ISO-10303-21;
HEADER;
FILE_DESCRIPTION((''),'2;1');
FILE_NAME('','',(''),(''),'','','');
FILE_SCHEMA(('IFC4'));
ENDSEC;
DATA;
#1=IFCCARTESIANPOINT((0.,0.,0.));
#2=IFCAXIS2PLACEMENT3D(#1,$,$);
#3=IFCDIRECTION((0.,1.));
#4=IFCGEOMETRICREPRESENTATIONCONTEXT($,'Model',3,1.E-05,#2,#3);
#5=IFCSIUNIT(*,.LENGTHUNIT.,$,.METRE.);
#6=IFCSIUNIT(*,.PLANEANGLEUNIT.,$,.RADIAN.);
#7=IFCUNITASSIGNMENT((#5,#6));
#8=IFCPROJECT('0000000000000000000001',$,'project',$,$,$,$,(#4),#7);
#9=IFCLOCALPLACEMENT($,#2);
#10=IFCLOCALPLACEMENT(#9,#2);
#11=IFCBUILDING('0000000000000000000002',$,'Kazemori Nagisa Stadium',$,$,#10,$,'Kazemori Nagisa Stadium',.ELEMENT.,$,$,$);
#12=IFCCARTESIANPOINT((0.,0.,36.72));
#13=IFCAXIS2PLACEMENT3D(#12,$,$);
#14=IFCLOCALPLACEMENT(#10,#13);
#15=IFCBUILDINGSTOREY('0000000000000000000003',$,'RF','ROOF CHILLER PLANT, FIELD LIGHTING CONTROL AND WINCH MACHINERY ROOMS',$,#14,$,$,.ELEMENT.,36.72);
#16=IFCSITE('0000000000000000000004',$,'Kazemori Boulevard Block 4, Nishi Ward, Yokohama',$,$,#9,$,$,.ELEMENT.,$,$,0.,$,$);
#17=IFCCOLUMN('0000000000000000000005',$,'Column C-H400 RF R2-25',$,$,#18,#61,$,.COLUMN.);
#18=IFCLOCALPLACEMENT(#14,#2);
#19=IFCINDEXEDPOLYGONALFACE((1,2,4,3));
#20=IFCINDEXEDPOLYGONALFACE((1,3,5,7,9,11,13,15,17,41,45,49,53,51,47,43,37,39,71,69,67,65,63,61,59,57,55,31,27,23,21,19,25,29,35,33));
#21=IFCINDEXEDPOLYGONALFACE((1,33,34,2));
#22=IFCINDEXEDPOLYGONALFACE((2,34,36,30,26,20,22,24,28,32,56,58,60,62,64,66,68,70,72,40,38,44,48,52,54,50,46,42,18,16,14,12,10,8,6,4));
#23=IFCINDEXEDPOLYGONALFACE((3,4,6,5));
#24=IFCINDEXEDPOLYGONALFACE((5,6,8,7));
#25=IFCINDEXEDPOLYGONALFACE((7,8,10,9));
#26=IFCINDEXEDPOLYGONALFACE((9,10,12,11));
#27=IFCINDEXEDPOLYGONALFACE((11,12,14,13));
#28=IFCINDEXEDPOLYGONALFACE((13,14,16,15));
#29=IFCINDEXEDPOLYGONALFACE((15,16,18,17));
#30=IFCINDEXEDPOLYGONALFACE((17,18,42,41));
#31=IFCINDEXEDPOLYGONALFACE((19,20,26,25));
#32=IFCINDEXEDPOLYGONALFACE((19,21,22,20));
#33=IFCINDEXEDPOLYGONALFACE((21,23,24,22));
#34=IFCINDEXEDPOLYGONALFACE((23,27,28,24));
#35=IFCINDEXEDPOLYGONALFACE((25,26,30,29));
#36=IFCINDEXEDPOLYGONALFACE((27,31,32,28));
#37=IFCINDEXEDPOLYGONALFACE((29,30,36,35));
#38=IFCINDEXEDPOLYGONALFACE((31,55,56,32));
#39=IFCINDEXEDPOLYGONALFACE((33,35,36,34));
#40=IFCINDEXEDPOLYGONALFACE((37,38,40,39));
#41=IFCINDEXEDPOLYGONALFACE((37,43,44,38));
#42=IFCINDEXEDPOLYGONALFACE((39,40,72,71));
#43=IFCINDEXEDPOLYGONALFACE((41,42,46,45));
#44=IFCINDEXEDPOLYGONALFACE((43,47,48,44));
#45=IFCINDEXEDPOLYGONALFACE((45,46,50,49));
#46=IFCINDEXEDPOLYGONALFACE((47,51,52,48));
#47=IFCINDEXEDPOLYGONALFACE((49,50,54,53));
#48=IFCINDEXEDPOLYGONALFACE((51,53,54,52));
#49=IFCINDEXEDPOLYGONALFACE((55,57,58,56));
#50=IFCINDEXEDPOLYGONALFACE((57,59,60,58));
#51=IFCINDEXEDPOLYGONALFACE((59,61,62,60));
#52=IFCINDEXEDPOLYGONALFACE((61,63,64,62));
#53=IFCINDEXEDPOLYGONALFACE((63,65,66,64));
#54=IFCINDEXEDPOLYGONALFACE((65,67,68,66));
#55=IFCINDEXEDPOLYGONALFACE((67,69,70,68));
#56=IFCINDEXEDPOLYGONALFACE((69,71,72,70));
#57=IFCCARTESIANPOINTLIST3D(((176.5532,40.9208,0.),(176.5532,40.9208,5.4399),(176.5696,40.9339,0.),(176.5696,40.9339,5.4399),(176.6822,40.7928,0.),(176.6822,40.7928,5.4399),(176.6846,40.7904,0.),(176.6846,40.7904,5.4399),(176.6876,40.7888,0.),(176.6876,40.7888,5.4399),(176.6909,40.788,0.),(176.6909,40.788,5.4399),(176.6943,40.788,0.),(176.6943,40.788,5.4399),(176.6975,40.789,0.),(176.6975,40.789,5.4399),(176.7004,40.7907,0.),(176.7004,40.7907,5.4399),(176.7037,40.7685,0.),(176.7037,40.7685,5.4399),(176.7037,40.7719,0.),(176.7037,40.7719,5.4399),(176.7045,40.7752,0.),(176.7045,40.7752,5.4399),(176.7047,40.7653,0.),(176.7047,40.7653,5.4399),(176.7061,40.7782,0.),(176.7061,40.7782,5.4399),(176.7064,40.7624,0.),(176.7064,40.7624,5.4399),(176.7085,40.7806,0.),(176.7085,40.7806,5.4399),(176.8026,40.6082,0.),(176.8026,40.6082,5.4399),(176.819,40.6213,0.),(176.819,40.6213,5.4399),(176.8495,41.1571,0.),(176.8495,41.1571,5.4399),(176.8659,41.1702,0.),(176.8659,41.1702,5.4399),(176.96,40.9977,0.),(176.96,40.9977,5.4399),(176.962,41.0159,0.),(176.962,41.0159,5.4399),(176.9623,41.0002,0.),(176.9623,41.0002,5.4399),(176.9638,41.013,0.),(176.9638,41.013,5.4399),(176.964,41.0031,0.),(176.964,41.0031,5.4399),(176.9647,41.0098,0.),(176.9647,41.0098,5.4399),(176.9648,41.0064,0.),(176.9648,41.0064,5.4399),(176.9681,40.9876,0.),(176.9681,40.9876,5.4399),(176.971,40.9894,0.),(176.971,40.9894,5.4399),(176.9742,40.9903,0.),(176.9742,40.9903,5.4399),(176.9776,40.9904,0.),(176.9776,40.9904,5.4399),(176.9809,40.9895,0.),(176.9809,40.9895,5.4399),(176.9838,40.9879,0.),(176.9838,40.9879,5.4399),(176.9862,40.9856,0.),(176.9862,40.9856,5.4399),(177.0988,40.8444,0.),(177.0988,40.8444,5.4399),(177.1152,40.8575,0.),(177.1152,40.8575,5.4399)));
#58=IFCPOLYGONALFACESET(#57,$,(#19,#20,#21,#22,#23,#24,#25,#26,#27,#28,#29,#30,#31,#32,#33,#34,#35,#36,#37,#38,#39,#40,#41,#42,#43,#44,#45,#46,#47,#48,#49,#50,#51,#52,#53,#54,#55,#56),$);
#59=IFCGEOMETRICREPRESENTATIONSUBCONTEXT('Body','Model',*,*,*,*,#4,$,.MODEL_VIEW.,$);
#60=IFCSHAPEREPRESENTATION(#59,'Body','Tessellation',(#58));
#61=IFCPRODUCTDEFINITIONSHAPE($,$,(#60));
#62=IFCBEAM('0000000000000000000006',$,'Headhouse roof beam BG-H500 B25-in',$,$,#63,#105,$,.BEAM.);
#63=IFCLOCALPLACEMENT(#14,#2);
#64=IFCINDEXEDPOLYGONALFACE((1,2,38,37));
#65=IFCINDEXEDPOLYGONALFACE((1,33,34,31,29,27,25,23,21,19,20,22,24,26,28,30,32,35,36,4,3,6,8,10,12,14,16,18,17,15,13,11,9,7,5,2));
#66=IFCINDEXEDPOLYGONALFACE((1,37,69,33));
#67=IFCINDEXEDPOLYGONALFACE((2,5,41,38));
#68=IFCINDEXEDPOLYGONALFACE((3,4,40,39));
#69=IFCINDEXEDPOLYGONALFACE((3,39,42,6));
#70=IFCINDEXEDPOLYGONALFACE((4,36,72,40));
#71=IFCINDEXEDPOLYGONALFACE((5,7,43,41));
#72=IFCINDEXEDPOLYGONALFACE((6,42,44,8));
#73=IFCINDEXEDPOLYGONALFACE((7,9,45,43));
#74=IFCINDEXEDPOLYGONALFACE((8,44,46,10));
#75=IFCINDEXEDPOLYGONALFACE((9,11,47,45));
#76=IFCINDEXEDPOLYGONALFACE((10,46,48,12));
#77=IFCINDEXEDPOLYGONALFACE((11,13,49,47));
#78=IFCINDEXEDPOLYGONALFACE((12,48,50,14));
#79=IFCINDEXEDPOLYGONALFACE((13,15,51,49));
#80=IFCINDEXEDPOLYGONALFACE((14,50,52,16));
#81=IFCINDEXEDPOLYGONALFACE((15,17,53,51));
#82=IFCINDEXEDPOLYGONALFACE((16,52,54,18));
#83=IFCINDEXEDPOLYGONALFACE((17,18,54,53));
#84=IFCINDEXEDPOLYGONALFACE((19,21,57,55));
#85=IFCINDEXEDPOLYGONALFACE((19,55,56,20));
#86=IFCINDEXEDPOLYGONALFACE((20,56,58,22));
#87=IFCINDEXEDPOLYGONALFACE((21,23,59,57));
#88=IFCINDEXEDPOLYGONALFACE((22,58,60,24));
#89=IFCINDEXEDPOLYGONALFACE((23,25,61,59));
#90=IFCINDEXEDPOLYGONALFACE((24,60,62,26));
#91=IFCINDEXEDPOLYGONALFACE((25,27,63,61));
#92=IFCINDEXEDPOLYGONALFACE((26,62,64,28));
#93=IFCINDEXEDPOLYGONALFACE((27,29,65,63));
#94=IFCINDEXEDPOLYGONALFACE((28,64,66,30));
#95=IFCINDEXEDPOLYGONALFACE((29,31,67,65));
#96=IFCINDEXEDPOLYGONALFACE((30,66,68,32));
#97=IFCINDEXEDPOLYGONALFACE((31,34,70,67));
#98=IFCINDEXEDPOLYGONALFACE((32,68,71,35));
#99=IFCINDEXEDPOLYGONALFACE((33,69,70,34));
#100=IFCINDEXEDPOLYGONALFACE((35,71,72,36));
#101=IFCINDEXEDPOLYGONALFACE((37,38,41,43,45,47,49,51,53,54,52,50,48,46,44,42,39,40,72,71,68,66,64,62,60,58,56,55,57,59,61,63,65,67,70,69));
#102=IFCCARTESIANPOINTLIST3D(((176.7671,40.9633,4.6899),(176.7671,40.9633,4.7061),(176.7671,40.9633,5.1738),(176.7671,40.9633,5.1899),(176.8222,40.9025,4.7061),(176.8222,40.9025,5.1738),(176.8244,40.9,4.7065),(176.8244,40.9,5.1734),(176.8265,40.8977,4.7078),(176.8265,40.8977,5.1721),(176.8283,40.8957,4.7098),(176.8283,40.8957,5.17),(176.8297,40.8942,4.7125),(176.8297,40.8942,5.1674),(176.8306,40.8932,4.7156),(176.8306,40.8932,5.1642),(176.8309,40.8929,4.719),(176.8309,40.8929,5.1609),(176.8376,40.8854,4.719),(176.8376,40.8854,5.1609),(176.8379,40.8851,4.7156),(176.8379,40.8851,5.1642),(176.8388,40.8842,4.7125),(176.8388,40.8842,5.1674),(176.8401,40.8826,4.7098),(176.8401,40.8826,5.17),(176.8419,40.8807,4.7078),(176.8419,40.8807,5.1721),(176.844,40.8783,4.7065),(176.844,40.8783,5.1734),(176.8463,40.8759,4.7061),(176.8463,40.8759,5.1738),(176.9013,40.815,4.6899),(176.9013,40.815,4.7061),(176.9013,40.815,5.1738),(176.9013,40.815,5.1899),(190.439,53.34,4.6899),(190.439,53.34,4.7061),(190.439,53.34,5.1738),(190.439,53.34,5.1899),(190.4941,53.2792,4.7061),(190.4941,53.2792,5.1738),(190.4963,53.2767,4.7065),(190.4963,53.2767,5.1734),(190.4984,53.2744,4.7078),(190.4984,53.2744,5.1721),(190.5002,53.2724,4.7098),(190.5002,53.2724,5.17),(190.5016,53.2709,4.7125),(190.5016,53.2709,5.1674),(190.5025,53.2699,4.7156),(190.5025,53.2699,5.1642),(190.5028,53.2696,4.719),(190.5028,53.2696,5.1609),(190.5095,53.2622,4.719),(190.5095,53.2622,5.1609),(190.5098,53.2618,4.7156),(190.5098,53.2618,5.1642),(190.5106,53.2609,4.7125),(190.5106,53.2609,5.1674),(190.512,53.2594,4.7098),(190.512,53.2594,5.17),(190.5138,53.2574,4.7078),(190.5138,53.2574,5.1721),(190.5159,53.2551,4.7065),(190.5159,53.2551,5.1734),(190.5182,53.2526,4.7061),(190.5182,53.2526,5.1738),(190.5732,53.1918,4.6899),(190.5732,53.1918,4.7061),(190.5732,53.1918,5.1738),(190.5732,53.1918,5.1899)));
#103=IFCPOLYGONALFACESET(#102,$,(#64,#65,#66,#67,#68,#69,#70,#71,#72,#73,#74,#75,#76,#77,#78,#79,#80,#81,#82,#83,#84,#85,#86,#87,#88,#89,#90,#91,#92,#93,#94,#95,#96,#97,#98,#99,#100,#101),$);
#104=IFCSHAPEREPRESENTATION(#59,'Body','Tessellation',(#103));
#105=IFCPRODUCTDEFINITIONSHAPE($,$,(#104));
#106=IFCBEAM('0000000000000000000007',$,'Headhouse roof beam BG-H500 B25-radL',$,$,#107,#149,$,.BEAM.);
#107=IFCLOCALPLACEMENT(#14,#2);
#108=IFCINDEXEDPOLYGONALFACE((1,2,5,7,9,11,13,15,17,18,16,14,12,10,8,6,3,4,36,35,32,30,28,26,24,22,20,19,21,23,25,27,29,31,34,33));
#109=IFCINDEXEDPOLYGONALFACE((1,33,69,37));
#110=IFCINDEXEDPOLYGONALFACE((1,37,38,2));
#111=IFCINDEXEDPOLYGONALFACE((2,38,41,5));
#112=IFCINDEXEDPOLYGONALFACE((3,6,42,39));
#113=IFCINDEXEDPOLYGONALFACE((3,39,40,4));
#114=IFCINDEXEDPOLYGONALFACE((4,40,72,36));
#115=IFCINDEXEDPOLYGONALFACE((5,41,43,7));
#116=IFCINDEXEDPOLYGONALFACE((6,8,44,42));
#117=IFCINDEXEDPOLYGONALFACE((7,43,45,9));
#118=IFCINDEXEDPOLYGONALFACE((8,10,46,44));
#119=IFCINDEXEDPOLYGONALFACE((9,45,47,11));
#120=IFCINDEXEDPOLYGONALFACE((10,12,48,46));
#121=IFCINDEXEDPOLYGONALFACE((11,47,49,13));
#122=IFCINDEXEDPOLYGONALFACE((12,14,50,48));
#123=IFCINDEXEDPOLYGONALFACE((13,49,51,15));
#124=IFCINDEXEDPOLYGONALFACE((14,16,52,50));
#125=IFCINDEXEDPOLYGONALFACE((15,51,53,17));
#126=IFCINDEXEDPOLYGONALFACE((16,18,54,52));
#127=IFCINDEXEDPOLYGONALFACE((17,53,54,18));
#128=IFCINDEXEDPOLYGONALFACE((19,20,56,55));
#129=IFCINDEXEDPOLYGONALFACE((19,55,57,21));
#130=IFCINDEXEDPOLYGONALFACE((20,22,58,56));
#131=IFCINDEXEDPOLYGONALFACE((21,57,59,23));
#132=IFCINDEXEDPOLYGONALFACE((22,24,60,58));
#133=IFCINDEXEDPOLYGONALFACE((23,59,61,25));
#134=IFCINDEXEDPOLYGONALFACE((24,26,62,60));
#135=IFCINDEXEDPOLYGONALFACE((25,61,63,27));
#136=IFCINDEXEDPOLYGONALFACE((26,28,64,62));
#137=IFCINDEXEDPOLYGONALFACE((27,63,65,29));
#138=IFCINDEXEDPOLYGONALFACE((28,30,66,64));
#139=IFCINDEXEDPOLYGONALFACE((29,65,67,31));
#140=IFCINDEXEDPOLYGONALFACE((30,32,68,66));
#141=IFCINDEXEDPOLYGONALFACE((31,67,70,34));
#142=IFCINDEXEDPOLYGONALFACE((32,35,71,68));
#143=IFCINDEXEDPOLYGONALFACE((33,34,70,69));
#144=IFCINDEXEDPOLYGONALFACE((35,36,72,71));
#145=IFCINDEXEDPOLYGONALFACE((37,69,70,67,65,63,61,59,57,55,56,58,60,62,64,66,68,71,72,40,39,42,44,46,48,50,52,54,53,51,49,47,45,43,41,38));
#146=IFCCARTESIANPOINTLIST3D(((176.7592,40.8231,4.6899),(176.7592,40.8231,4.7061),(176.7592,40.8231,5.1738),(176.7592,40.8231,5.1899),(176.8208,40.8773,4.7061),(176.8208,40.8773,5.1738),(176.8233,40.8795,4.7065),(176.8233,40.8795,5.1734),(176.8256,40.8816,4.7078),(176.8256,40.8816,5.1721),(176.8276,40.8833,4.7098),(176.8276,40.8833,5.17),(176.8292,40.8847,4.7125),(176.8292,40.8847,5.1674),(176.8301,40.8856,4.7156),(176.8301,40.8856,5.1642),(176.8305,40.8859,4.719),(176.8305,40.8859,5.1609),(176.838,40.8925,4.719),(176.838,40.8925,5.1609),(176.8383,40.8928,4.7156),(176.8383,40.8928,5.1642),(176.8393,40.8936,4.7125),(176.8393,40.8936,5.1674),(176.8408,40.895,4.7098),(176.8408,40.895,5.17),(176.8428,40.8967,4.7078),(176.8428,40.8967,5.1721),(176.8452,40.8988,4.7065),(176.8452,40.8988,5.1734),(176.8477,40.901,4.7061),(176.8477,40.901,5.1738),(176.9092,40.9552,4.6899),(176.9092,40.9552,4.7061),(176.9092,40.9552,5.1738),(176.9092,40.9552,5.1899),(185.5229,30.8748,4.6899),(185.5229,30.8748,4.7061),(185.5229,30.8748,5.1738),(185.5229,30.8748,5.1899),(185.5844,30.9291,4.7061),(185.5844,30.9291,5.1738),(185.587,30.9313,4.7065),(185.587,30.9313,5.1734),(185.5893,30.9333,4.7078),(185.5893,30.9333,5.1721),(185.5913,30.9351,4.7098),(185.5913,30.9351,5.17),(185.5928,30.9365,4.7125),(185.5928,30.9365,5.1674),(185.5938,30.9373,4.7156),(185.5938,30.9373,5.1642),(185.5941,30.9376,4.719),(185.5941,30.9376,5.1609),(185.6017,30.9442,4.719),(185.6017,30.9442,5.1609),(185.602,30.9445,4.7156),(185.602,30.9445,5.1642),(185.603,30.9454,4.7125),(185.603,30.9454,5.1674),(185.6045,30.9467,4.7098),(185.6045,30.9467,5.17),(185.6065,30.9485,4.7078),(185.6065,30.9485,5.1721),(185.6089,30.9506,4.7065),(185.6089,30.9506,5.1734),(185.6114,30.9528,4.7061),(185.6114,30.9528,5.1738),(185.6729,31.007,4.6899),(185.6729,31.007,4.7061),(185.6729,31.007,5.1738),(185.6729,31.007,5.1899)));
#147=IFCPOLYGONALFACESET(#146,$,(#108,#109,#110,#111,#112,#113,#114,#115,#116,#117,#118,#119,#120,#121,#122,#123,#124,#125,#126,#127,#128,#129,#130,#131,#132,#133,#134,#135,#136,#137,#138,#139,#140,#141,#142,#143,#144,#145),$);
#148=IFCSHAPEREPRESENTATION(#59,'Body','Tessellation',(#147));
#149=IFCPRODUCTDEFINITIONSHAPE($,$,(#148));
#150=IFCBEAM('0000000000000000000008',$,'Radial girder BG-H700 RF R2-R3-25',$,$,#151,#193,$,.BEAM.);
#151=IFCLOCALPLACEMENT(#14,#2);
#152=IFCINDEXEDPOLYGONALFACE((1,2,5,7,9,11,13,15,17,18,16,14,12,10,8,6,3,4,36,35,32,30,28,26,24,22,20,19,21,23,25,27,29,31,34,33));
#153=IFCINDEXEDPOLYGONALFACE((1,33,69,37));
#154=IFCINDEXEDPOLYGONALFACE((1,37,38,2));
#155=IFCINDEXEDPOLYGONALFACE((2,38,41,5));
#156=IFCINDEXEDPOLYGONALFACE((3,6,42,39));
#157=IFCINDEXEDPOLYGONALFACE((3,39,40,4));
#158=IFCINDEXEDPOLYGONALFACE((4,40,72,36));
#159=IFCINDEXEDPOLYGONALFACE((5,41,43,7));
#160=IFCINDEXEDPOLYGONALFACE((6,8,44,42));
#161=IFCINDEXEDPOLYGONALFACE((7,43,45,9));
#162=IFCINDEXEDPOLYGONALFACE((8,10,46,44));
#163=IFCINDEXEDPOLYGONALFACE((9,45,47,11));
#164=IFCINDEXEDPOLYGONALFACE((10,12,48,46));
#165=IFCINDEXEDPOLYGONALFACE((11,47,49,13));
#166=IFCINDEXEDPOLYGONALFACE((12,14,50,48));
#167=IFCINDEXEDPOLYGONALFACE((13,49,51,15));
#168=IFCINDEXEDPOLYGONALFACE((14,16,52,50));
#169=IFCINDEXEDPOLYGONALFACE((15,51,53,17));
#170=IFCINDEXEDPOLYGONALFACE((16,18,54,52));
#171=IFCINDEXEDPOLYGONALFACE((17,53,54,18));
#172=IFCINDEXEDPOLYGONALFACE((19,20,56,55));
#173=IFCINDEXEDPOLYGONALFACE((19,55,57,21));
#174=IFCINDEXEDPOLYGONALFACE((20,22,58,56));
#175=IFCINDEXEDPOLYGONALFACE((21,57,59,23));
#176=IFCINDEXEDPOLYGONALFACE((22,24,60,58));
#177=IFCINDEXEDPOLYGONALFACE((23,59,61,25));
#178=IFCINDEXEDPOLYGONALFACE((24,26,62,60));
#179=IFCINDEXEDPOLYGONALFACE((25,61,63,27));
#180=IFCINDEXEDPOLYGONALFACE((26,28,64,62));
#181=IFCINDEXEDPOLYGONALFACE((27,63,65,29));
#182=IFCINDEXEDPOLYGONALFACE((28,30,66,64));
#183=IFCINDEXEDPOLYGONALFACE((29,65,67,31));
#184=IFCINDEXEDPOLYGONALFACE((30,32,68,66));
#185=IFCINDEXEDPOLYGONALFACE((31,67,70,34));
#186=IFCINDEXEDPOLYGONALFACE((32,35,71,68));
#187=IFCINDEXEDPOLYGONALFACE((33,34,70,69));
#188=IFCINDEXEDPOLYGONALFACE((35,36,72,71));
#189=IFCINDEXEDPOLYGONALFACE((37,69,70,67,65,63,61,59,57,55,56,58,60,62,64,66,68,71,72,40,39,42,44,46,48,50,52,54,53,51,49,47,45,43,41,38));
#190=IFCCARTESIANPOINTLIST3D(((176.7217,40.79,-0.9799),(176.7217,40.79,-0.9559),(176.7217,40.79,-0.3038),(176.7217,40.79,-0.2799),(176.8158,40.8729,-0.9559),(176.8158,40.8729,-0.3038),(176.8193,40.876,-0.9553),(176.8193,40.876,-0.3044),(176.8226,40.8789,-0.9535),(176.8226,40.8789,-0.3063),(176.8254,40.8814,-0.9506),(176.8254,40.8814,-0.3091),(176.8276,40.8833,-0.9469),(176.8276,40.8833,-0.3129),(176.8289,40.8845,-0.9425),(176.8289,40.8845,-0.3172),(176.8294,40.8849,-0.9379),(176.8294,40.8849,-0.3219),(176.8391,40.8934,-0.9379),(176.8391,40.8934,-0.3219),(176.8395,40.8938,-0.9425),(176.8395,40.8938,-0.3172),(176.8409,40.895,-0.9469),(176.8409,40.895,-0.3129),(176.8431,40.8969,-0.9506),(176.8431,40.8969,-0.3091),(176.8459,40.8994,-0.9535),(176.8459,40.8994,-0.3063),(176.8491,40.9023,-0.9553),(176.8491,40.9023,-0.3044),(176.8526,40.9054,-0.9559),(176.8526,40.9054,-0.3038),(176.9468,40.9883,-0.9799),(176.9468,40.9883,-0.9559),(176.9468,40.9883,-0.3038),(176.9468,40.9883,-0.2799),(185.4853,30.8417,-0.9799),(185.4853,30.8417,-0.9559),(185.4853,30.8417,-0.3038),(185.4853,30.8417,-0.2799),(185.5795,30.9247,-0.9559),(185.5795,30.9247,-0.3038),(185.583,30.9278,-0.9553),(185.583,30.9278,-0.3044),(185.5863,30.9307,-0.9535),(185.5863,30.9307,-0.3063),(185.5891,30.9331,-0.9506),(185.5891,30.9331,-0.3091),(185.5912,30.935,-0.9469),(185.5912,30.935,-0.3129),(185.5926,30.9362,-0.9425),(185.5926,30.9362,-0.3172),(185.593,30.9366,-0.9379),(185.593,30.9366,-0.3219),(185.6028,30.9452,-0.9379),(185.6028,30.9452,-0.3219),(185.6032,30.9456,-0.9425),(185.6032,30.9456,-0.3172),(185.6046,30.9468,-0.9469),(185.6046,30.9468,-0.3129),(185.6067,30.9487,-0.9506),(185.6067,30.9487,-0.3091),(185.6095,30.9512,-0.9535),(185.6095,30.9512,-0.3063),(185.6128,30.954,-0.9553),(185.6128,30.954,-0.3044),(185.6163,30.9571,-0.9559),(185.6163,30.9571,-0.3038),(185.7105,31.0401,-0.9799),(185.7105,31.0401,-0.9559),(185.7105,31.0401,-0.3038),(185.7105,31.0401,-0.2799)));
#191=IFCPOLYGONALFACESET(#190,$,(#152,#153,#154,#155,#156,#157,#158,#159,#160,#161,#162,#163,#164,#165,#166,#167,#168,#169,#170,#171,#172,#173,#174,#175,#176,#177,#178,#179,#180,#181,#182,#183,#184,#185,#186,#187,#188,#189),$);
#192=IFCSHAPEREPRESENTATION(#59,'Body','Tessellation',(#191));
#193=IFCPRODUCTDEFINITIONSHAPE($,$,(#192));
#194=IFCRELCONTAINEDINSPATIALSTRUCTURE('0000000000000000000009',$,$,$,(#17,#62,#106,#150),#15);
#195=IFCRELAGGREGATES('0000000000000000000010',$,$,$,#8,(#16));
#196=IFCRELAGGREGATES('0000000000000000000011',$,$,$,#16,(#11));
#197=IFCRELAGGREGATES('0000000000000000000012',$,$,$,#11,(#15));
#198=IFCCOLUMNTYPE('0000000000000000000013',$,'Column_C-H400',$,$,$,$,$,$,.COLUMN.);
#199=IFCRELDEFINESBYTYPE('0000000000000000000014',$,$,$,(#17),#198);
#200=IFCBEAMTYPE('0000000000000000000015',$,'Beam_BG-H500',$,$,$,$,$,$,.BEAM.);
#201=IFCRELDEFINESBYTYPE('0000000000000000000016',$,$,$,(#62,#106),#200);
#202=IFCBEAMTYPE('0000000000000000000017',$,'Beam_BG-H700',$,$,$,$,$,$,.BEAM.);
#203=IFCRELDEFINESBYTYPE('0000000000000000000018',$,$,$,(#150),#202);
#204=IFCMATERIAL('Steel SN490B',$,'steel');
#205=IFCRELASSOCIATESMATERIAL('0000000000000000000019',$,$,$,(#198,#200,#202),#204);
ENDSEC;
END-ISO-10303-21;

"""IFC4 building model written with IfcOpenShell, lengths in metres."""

from ifc_helpers import new_model, si_unit, direction, frame, origin, origin_2d, place, context, subcontext, project, spatial, i_section, extrude, material, material_profile, profile_set, type_object, element, save


model = new_model("IFC4")

# Units and contexts
model_context = context("Model", 3, precision=1e-05, world=origin(), true_north=direction((0.0, 1.0)))
body_context = subcontext(model_context, "Body", "Model", "MODEL_VIEW")
ifc_project = project(units=[si_unit("LENGTHUNIT", "METRE"), si_unit("PLANEANGLEUNIT", "RADIAN")], contexts=[model_context])

# Site, building, storey
site_placement = place(None, origin())
site = spatial("IfcSite", under=ifc_project, at=site_placement, Name="Kazemori Boulevard Block 4, Nishi Ward, Yokohama", CompositionType="ELEMENT", RefElevation=0.0)
building_placement = place(site_placement, origin())
building = spatial("IfcBuilding", under=site, at=building_placement, Name="Kazemori Nagisa Stadium", LongName="Kazemori Nagisa Stadium", CompositionType="ELEMENT")
storey_placement = place(building_placement, frame((0.0, 0.0, 36.72)))
storey = spatial("IfcBuildingStorey", under=building, at=storey_placement, Name="RF", Description="ROOF CHILLER PLANT, FIELD LIGHTING CONTROL AND WINCH MACHINERY ROOMS", CompositionType="ELEMENT", Elevation=36.72)

# Column
ifc_material_1 = material(Name="Steel SN490B", Category="steel")
ifc_material_profile_1 = material_profile(ifc_material_1, i_section(OverallWidth=0.3999, OverallDepth=0.3999, WebThickness=0.0129, FlangeThickness=0.021, FilletRadius=0.0129, at=origin_2d()), Name="H-400x400x13x21")
ifc_profile_set_1 = profile_set([ifc_material_profile_1], Name="Steel SN490B")
column_type = type_object("IfcColumnType", Name="Column_C-H400", PredefinedType="COLUMN", material=ifc_profile_set_1)
column_placement = place(storey_placement, frame((176.8342, 40.8892, 0.0), z_axis=(0.0, 0.0, 1.0), x_axis=(0.62349, -0.781831, 0.0)))
element("IfcColumn", 1, at=column_placement, inside=storey, type_object=column_type, Name="Column C-H400 RF R2-25", PredefinedType="COLUMN", context=body_context, shape_type="SweptSolid", body=[
    extrude(i_section(OverallWidth=0.3999, OverallDepth=0.3999, WebThickness=0.0129, FlangeThickness=0.021, FilletRadius=0.0129, at=origin_2d()), origin(), (0.0, 0.0, 1.0), 5.4399),
])

# Beams
ifc_material_profile_2 = material_profile(ifc_material_1, i_section(OverallWidth=0.2, OverallDepth=0.5, WebThickness=0.01, FlangeThickness=0.0161, FilletRadius=0.0129, at=origin_2d()), Name="H-500x200x10x16")
ifc_profile_set_2 = profile_set([ifc_material_profile_2], Name="Steel SN490B")
beam_type_1 = type_object("IfcBeamType", Name="Beam_BG-H500", PredefinedType="BEAM", material=ifc_profile_set_2)
beam_1_placement = place(storey_placement, frame((176.8342, 40.8892, 4.9399), z_axis=(0.741349, 0.67112, 0.0), x_axis=(-0.67112, 0.741349, 0.0)))
element("IfcBeam", 2, at=beam_1_placement, inside=storey, type_object=beam_type_1, Name="Headhouse roof beam BG-H500 B25-in", PredefinedType="BEAM", context=body_context, shape_type="SweptSolid", body=[
    extrude(i_section(OverallWidth=0.2, OverallDepth=0.5, WebThickness=0.01, FlangeThickness=0.0161, FilletRadius=0.0129, at=origin_2d()), origin(), (0.0, 0.0, 1.0), 18.4419),
])
beam_2_placement = place(storey_placement, frame((176.8342, 40.8892, 4.9399), z_axis=(0.66102, -0.750369, 0.0), x_axis=(0.750369, 0.66102, 0.0)))
element("IfcBeam", 3, at=beam_2_placement, inside=storey, type_object=beam_type_1, Name="Headhouse roof beam BG-H500 B25-radL", PredefinedType="BEAM", context=body_context, shape_type="SweptSolid", body=[
    extrude(i_section(OverallWidth=0.2, OverallDepth=0.5, WebThickness=0.01, FlangeThickness=0.0161, FilletRadius=0.0129, at=origin_2d()), origin(), (0.0, 0.0, 1.0), 13.2578),
])
ifc_material_profile_3 = material_profile(ifc_material_1, i_section(OverallWidth=0.3, OverallDepth=0.7, WebThickness=0.0129, FlangeThickness=0.0239, FilletRadius=0.0181, at=origin_2d()), Name="H-700x300x13x24")
ifc_profile_set_3 = profile_set([ifc_material_profile_3], Name="Steel SN490B")
beam_type_2 = type_object("IfcBeamType", Name="Beam_BG-H700", PredefinedType="BEAM", material=ifc_profile_set_3)
beam_3_placement = place(storey_placement, frame((176.8342, 40.8892, -0.6299), z_axis=(0.66102, -0.750369, 0.0), x_axis=(0.750369, 0.66102, 0.0)))
element("IfcBeam", 4, at=beam_3_placement, inside=storey, type_object=beam_type_2, Name="Radial girder BG-H700 RF R2-R3-25", PredefinedType="BEAM", context=body_context, shape_type="SweptSolid", body=[
    extrude(i_section(OverallWidth=0.3, OverallDepth=0.7, WebThickness=0.0129, FlangeThickness=0.0239, FilletRadius=0.0181, at=origin_2d()), origin(), (0.0, 0.0, 1.0), 13.2578),
])

save(model, "model.ifc")
